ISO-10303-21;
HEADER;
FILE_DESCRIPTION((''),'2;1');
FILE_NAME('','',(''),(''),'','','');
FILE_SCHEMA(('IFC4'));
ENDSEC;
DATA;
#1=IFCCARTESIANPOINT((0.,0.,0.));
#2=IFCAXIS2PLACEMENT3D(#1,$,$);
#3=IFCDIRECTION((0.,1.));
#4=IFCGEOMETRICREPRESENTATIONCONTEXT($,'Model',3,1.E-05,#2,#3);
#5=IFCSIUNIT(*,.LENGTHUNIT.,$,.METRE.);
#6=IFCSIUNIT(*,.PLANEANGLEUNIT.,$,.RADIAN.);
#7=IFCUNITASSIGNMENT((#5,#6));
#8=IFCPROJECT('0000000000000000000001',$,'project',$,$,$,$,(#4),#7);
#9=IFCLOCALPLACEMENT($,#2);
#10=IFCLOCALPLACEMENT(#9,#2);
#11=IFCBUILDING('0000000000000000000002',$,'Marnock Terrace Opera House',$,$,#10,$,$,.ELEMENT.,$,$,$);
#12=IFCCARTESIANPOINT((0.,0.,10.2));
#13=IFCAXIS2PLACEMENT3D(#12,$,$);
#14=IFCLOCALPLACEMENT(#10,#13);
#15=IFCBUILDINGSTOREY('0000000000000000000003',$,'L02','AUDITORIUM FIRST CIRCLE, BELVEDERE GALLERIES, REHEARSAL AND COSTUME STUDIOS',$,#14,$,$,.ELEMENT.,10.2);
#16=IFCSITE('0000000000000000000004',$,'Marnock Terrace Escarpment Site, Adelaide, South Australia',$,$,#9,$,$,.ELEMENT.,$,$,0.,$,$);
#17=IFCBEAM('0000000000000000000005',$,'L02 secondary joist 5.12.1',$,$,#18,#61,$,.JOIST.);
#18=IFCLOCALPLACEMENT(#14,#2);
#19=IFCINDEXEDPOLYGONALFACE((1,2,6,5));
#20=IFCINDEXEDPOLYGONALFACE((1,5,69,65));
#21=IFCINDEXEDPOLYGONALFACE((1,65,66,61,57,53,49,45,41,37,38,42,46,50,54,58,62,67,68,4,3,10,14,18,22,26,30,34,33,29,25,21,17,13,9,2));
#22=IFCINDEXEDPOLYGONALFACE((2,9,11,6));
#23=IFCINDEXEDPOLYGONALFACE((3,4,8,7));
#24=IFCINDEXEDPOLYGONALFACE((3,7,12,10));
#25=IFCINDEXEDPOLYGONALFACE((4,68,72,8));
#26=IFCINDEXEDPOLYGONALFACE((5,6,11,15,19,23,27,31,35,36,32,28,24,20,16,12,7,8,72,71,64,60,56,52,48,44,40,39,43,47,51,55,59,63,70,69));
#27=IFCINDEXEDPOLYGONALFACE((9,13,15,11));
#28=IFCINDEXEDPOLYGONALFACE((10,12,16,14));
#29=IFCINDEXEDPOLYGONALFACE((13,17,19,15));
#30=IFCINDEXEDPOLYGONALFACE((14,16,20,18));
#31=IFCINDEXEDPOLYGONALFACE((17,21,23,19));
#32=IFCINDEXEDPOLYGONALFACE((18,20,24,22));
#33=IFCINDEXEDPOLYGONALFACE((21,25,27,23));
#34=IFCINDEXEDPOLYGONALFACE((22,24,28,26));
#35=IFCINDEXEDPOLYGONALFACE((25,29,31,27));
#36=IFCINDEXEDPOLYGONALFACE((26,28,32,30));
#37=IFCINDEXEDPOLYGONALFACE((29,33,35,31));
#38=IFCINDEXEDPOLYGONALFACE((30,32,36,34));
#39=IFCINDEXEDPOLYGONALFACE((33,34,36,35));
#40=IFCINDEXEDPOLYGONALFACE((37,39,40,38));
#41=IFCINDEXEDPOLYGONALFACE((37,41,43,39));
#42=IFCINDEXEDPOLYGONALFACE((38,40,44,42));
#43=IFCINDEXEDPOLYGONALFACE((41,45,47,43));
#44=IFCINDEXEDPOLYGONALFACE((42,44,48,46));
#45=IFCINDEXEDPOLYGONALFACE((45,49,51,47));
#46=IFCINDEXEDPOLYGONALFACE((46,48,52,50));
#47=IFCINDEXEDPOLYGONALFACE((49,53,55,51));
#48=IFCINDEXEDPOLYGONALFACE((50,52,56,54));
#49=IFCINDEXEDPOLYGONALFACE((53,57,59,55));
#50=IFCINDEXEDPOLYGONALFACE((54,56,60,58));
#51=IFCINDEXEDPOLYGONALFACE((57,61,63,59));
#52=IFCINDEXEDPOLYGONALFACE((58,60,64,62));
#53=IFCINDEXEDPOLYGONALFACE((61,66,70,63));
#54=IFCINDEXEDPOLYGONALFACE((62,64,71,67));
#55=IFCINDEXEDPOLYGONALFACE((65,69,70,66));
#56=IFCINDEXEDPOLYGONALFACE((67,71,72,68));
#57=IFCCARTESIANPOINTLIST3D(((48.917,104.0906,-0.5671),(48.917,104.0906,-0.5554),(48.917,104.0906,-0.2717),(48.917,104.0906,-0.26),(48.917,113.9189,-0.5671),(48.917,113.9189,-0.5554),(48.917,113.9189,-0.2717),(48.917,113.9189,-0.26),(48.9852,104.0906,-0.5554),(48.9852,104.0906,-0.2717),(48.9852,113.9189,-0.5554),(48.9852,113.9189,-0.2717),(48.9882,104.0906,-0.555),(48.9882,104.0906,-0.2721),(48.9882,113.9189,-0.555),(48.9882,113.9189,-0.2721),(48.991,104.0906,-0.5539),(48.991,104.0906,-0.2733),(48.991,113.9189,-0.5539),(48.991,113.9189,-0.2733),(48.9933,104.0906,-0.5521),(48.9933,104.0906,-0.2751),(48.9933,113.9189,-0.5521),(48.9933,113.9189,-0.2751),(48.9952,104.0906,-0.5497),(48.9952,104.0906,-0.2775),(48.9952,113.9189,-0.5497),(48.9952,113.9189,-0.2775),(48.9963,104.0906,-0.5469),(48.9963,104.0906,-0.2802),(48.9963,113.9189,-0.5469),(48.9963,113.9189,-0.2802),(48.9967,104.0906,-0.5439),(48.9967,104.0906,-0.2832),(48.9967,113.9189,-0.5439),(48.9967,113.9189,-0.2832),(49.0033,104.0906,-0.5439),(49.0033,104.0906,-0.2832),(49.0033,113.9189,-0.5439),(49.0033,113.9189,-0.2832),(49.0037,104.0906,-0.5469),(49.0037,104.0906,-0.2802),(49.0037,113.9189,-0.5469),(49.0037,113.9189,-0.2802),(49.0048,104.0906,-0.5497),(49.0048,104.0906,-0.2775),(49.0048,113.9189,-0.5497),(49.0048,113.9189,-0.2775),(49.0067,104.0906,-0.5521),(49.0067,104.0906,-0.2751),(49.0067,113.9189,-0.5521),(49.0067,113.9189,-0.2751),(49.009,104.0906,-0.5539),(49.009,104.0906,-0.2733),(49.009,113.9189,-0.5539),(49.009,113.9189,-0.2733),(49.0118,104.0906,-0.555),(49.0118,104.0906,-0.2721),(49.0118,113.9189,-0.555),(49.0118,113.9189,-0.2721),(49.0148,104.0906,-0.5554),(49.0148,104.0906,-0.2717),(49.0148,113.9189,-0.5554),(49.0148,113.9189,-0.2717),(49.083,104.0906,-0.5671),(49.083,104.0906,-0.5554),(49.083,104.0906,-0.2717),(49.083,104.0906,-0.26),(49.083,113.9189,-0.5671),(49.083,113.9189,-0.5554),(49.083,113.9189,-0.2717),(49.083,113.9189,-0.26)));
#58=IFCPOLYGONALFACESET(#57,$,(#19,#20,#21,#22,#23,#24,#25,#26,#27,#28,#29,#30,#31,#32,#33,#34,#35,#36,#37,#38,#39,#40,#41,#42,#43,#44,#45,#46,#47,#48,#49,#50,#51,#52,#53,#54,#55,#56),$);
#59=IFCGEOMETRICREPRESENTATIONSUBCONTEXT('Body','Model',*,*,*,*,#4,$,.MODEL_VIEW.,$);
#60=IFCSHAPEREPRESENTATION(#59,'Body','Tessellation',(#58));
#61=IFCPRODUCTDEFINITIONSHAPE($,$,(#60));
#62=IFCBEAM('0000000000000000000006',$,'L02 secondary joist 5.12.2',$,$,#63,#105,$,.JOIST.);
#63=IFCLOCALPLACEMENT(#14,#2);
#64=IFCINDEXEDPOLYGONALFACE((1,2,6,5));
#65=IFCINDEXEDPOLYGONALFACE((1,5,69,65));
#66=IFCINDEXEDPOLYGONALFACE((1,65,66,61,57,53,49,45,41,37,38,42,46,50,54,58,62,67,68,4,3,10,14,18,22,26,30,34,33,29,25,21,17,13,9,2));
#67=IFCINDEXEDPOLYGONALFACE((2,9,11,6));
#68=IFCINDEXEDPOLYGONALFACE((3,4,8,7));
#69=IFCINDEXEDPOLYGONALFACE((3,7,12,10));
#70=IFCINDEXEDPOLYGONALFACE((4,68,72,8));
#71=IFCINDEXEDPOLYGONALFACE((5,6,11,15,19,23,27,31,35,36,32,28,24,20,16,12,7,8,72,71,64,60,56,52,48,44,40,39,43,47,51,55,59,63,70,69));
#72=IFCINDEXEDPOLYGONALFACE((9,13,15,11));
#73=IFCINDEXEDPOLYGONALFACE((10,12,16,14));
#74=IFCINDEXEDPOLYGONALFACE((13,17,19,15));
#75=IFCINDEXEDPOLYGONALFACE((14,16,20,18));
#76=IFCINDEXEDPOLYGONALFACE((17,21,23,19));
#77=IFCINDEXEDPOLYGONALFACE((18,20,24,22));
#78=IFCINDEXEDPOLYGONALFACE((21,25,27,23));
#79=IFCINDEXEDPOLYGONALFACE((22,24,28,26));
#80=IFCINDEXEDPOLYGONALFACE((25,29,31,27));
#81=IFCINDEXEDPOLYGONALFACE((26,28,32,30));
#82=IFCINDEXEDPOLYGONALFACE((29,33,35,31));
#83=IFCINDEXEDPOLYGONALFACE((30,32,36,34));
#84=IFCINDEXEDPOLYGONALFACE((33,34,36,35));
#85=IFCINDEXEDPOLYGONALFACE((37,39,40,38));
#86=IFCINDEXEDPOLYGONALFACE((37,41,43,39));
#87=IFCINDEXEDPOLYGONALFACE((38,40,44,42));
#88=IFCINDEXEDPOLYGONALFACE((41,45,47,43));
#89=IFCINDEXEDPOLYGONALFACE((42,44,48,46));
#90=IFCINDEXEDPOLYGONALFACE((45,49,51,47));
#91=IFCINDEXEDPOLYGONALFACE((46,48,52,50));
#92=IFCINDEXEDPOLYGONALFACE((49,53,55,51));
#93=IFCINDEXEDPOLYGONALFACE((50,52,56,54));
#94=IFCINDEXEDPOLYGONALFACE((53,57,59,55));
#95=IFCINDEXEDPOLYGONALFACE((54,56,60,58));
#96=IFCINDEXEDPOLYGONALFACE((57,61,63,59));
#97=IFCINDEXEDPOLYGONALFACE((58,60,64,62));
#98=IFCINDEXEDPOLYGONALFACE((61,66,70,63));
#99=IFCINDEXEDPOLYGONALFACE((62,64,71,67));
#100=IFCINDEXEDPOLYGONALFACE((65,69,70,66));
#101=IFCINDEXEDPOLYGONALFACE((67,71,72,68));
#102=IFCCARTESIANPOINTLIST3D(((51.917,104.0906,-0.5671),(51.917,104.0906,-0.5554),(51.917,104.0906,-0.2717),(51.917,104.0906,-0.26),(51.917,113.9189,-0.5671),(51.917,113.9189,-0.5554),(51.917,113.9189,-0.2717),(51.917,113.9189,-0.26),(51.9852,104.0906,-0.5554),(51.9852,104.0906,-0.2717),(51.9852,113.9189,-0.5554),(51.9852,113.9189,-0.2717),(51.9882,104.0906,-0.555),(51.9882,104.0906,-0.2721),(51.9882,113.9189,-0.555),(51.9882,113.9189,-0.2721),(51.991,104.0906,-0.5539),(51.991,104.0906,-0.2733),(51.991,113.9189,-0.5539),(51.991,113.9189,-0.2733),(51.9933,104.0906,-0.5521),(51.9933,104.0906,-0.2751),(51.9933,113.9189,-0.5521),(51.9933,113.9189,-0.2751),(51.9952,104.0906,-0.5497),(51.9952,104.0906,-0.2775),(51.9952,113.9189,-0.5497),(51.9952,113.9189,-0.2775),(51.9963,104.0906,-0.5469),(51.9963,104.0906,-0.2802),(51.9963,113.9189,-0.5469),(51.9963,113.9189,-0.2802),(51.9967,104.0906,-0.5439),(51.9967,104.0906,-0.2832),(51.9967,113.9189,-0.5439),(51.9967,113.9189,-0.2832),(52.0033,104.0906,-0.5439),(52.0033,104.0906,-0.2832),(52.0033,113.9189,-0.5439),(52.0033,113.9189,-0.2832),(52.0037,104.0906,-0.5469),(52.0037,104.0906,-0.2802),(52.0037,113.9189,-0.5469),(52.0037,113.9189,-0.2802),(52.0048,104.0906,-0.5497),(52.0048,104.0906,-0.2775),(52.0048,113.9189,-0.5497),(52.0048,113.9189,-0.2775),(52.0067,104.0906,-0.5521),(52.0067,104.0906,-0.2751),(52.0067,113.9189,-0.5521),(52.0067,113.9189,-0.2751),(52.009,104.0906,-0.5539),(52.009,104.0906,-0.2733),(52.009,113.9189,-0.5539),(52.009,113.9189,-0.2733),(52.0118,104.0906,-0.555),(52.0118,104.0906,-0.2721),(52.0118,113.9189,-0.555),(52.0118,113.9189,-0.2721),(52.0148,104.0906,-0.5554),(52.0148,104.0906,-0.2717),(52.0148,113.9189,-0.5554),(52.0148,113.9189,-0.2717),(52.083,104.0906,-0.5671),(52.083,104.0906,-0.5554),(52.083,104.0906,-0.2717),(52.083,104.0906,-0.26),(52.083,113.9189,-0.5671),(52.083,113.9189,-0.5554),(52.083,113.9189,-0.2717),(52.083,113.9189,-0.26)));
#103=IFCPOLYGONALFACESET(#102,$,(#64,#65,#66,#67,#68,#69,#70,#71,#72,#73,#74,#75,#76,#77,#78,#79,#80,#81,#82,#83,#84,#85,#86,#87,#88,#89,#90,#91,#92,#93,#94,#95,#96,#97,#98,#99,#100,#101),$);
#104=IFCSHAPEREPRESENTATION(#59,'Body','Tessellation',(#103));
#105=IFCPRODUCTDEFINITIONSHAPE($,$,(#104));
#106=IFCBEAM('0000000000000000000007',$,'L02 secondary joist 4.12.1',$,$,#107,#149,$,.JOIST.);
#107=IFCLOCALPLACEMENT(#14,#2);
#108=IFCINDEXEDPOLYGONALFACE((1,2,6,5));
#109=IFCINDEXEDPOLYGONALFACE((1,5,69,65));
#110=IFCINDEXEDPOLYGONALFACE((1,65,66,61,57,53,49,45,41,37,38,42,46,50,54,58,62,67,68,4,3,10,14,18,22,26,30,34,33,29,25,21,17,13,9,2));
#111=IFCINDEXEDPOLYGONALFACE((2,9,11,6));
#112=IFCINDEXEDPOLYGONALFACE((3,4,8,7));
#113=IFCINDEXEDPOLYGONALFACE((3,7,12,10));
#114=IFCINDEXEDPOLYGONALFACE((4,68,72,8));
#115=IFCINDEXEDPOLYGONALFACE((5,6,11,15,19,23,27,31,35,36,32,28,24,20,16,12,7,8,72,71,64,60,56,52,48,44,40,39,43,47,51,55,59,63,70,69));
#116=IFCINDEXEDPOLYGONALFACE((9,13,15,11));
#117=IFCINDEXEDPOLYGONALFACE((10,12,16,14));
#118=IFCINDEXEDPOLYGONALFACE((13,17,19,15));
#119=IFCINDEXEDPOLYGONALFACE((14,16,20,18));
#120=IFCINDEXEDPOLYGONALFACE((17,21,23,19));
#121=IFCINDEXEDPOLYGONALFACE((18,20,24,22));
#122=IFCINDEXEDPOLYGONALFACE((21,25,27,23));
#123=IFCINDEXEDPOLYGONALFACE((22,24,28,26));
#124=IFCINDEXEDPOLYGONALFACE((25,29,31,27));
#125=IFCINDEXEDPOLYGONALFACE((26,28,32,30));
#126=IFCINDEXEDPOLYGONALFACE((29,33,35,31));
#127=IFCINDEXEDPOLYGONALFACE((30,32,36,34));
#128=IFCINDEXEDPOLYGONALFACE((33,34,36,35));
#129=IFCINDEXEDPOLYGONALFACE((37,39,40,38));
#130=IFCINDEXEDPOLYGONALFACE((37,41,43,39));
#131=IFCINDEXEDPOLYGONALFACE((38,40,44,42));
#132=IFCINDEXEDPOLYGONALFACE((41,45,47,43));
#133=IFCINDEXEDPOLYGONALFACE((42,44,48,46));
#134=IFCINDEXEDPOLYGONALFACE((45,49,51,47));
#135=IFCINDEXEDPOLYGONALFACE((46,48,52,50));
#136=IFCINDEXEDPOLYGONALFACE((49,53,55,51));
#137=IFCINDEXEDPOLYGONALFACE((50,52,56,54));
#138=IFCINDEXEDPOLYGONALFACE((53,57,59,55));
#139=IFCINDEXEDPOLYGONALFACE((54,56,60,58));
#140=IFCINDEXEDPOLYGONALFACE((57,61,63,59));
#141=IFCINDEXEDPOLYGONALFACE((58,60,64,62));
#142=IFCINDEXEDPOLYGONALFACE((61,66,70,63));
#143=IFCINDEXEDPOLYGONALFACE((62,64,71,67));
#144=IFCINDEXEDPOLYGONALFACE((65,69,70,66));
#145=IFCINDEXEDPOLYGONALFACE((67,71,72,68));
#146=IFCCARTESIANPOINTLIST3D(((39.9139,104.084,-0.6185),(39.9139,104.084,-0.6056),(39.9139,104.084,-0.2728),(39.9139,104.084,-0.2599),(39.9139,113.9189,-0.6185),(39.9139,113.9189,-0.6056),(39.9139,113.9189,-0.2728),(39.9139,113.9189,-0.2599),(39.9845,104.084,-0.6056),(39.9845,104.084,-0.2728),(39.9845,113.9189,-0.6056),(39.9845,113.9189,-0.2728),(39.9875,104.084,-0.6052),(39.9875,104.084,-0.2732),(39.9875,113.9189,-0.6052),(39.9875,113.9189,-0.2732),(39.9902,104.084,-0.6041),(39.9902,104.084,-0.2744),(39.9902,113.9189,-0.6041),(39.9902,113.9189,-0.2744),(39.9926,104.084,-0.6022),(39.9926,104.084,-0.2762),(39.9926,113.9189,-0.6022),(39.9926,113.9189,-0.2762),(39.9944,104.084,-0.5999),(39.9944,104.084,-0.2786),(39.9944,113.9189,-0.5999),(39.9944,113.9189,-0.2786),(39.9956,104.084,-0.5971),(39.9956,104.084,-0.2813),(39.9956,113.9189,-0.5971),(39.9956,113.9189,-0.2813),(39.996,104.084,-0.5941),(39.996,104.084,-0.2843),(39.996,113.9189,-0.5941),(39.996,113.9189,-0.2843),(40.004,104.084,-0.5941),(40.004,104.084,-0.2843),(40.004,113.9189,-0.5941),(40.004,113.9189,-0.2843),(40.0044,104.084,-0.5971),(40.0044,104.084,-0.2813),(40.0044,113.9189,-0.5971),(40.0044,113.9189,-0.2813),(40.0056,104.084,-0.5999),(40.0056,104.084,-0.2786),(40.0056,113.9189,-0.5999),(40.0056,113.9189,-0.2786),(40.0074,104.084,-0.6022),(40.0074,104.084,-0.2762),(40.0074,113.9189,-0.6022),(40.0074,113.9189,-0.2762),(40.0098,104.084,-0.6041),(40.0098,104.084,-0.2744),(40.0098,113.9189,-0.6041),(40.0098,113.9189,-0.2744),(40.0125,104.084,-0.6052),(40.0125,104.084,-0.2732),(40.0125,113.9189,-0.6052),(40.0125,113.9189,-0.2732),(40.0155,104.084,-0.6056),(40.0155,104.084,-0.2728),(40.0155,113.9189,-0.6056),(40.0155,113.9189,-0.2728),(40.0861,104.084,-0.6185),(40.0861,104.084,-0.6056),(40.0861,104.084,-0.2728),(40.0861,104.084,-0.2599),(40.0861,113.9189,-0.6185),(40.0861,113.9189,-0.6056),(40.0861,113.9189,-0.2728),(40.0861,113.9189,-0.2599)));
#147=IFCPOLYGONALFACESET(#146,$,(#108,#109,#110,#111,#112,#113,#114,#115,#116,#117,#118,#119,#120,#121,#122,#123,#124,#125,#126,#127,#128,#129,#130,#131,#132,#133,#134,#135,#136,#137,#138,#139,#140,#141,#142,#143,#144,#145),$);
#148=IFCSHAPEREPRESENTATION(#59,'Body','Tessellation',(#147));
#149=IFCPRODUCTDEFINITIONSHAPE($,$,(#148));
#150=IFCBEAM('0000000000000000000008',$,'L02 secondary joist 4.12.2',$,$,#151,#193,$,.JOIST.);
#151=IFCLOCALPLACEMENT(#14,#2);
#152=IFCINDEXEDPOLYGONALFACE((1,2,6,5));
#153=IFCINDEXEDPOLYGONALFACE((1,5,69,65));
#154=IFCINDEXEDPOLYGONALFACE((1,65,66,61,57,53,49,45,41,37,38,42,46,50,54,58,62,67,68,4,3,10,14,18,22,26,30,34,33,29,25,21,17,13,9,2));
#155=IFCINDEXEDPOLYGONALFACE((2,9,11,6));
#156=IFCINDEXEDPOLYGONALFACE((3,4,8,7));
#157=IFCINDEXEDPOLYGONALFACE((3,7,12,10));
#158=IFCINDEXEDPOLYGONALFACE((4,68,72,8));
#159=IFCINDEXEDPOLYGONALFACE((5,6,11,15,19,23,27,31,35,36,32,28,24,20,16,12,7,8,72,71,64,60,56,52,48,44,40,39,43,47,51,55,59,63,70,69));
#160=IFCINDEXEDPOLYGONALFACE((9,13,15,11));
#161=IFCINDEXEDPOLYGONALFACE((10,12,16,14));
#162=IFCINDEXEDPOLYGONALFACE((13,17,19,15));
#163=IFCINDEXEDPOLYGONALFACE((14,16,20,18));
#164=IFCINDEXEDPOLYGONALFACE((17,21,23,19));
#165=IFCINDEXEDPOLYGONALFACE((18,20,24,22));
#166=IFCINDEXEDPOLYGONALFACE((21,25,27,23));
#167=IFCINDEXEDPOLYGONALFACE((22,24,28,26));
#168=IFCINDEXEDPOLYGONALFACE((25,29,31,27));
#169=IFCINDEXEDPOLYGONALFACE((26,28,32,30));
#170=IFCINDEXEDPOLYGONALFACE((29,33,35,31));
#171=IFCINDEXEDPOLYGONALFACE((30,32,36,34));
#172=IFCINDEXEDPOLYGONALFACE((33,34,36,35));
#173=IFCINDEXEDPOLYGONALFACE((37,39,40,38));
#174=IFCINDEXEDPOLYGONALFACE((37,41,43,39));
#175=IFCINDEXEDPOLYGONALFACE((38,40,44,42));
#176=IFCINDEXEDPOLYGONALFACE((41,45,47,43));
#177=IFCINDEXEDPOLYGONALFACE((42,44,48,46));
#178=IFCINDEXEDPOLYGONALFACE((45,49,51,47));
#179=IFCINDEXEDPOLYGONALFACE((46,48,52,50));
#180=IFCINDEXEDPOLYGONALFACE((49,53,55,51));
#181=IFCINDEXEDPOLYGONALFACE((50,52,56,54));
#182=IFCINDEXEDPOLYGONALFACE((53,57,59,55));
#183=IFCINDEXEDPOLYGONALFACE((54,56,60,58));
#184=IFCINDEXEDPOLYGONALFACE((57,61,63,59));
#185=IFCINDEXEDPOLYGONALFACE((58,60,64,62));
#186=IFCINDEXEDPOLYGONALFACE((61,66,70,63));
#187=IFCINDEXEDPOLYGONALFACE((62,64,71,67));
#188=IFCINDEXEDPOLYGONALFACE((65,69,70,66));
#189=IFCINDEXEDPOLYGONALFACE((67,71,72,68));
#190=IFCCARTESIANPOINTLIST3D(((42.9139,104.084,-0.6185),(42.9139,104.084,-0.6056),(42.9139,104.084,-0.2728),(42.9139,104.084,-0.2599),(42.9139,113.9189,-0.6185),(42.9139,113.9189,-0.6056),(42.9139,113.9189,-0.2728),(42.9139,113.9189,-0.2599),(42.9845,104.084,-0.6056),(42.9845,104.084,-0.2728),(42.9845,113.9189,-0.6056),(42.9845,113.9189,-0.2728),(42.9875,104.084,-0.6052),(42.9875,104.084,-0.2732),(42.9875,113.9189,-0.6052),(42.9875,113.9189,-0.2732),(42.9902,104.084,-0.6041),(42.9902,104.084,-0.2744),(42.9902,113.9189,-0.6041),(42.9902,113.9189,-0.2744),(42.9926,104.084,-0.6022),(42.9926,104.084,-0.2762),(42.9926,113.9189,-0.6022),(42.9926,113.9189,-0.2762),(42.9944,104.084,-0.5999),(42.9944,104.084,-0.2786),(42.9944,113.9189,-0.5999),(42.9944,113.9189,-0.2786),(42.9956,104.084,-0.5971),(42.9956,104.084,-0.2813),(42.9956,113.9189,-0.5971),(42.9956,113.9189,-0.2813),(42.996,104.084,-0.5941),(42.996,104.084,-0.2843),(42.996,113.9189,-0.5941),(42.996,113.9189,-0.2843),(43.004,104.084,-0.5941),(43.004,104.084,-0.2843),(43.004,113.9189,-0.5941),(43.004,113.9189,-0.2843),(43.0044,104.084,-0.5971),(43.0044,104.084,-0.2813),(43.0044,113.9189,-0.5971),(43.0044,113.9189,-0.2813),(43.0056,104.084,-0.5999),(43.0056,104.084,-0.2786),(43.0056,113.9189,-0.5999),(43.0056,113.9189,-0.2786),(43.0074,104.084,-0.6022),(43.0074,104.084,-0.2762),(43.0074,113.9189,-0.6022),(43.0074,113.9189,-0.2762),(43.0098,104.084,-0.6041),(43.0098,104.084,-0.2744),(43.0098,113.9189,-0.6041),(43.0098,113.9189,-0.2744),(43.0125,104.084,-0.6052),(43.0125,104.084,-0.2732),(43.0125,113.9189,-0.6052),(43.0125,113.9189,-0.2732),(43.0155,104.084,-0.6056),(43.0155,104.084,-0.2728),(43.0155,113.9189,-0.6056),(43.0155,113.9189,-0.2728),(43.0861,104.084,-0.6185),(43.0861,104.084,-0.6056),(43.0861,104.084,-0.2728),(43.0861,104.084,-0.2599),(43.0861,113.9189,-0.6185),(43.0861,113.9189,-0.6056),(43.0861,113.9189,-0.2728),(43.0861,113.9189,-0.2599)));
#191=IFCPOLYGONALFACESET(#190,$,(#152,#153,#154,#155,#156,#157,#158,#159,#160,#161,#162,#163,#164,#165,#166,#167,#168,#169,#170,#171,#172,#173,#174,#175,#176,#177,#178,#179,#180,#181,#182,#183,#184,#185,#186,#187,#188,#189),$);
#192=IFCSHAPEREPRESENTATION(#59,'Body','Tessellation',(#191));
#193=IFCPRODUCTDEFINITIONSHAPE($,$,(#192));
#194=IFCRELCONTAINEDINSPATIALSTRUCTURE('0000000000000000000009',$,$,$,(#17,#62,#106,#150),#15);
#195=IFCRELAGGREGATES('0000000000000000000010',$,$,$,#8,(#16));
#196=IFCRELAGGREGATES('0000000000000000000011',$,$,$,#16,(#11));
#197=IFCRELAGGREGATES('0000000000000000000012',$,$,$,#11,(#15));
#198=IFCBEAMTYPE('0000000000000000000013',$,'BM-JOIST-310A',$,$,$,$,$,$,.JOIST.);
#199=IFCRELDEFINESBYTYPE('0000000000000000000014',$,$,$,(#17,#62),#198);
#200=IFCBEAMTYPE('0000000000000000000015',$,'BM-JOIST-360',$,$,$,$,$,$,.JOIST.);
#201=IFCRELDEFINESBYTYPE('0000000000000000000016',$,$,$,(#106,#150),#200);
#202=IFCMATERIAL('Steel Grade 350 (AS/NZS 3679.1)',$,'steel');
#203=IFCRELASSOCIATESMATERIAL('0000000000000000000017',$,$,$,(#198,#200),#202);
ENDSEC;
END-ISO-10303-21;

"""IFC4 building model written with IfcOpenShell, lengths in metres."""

from ifc_helpers import new_model, si_unit, direction, frame, origin, origin_2d, place, context, subcontext, project, spatial, i_section, extrude, material, material_profile, profile_set, type_object, element, save


model = new_model("IFC4")

# Units and contexts
model_context = context("Model", 3, precision=1e-05, world=origin(), true_north=direction((0.0, 1.0)))
body_context = subcontext(model_context, "Body", "Model", "MODEL_VIEW")
ifc_project = project(units=[si_unit("LENGTHUNIT", "METRE"), si_unit("PLANEANGLEUNIT", "RADIAN")], contexts=[model_context])

# Site, building, storey
site_placement = place(None, origin())
site = spatial("IfcSite", under=ifc_project, at=site_placement, Name="Marnock Terrace Escarpment Site, Adelaide, South Australia", CompositionType="ELEMENT", RefElevation=0.0)
building_placement = place(site_placement, origin())
building = spatial("IfcBuilding", under=site, at=building_placement, Name="Marnock Terrace Opera House", CompositionType="ELEMENT")
storey_placement = place(building_placement, frame((0.0, 0.0, 10.2)))
storey = spatial("IfcBuildingStorey", under=building, at=storey_placement, Name="L02", Description="AUDITORIUM FIRST CIRCLE, BELVEDERE GALLERIES, REHEARSAL AND COSTUME STUDIOS", CompositionType="ELEMENT", Elevation=10.2)

# Shared definitions
ifc_material_1 = material(Name="Steel Grade 350 (AS/NZS 3679.1)", Category="steel")

# Beams
ifc_material_profile_1 = material_profile(ifc_material_1, i_section(OverallWidth=0.166, OverallDepth=0.3071, WebThickness=0.0066, FlangeThickness=0.0117, FilletRadius=0.0115, at=origin_2d()))
ifc_profile_set_1 = profile_set([ifc_material_profile_1], Name="Steel Grade 350 (AS/NZS 3679.1)")
beam_type_1 = type_object("IfcBeamType", Name="BM-JOIST-310A", PredefinedType="JOIST", material=ifc_profile_set_1)
for number, where, z_axis, x_axis, name in (
    (1, (49.0, 104.0906, -0.4136), (0.0, 1.0, 0.0), (-1.0, 0.0, 0.0), "L02 secondary joist 5.12.1"),
    (2, (52.0, 104.0906, -0.4136), (0.0, 1.0, 0.0), (-1.0, 0.0, 0.0), "L02 secondary joist 5.12.2"),
):
    element("IfcBeam", number, at=place(storey_placement, frame(where, z_axis=z_axis, x_axis=x_axis)), inside=storey, type_object=beam_type_1, Name=name, PredefinedType="JOIST", context=body_context, shape_type="SweptSolid", body=[
        extrude(i_section(OverallWidth=0.166, OverallDepth=0.3071, WebThickness=0.0066, FlangeThickness=0.0117, FilletRadius=0.0115, at=origin_2d()), origin(), (0.0, 0.0, 1.0), 9.8284),
    ])
ifc_material_profile_2 = material_profile(ifc_material_1, i_section(OverallWidth=0.1721, OverallDepth=0.3586, WebThickness=0.0081, FlangeThickness=0.0129, FilletRadius=0.0115, at=origin_2d()))
ifc_profile_set_2 = profile_set([ifc_material_profile_2], Name="Steel Grade 350 (AS/NZS 3679.1)")
beam_type_2 = type_object("IfcBeamType", Name="BM-JOIST-360", PredefinedType="JOIST", material=ifc_profile_set_2)
for number, where, z_axis, x_axis, name in (
    (3, (40.0, 104.084, -0.4392), (0.0, 1.0, 0.0), (-1.0, 0.0, 0.0), "L02 secondary joist 4.12.1"),
    (4, (43.0, 104.084, -0.4392), (0.0, 1.0, 0.0), (-1.0, 0.0, 0.0), "L02 secondary joist 4.12.2"),
):
    element("IfcBeam", number, at=place(storey_placement, frame(where, z_axis=z_axis, x_axis=x_axis)), inside=storey, type_object=beam_type_2, Name=name, PredefinedType="JOIST", context=body_context, shape_type="SweptSolid", body=[
        extrude(i_section(OverallWidth=0.1721, OverallDepth=0.3586, WebThickness=0.0081, FlangeThickness=0.0129, FilletRadius=0.0115, at=origin_2d()), origin(), (0.0, 0.0, 1.0), 9.835),
    ])

save(model, "model.ifc")
